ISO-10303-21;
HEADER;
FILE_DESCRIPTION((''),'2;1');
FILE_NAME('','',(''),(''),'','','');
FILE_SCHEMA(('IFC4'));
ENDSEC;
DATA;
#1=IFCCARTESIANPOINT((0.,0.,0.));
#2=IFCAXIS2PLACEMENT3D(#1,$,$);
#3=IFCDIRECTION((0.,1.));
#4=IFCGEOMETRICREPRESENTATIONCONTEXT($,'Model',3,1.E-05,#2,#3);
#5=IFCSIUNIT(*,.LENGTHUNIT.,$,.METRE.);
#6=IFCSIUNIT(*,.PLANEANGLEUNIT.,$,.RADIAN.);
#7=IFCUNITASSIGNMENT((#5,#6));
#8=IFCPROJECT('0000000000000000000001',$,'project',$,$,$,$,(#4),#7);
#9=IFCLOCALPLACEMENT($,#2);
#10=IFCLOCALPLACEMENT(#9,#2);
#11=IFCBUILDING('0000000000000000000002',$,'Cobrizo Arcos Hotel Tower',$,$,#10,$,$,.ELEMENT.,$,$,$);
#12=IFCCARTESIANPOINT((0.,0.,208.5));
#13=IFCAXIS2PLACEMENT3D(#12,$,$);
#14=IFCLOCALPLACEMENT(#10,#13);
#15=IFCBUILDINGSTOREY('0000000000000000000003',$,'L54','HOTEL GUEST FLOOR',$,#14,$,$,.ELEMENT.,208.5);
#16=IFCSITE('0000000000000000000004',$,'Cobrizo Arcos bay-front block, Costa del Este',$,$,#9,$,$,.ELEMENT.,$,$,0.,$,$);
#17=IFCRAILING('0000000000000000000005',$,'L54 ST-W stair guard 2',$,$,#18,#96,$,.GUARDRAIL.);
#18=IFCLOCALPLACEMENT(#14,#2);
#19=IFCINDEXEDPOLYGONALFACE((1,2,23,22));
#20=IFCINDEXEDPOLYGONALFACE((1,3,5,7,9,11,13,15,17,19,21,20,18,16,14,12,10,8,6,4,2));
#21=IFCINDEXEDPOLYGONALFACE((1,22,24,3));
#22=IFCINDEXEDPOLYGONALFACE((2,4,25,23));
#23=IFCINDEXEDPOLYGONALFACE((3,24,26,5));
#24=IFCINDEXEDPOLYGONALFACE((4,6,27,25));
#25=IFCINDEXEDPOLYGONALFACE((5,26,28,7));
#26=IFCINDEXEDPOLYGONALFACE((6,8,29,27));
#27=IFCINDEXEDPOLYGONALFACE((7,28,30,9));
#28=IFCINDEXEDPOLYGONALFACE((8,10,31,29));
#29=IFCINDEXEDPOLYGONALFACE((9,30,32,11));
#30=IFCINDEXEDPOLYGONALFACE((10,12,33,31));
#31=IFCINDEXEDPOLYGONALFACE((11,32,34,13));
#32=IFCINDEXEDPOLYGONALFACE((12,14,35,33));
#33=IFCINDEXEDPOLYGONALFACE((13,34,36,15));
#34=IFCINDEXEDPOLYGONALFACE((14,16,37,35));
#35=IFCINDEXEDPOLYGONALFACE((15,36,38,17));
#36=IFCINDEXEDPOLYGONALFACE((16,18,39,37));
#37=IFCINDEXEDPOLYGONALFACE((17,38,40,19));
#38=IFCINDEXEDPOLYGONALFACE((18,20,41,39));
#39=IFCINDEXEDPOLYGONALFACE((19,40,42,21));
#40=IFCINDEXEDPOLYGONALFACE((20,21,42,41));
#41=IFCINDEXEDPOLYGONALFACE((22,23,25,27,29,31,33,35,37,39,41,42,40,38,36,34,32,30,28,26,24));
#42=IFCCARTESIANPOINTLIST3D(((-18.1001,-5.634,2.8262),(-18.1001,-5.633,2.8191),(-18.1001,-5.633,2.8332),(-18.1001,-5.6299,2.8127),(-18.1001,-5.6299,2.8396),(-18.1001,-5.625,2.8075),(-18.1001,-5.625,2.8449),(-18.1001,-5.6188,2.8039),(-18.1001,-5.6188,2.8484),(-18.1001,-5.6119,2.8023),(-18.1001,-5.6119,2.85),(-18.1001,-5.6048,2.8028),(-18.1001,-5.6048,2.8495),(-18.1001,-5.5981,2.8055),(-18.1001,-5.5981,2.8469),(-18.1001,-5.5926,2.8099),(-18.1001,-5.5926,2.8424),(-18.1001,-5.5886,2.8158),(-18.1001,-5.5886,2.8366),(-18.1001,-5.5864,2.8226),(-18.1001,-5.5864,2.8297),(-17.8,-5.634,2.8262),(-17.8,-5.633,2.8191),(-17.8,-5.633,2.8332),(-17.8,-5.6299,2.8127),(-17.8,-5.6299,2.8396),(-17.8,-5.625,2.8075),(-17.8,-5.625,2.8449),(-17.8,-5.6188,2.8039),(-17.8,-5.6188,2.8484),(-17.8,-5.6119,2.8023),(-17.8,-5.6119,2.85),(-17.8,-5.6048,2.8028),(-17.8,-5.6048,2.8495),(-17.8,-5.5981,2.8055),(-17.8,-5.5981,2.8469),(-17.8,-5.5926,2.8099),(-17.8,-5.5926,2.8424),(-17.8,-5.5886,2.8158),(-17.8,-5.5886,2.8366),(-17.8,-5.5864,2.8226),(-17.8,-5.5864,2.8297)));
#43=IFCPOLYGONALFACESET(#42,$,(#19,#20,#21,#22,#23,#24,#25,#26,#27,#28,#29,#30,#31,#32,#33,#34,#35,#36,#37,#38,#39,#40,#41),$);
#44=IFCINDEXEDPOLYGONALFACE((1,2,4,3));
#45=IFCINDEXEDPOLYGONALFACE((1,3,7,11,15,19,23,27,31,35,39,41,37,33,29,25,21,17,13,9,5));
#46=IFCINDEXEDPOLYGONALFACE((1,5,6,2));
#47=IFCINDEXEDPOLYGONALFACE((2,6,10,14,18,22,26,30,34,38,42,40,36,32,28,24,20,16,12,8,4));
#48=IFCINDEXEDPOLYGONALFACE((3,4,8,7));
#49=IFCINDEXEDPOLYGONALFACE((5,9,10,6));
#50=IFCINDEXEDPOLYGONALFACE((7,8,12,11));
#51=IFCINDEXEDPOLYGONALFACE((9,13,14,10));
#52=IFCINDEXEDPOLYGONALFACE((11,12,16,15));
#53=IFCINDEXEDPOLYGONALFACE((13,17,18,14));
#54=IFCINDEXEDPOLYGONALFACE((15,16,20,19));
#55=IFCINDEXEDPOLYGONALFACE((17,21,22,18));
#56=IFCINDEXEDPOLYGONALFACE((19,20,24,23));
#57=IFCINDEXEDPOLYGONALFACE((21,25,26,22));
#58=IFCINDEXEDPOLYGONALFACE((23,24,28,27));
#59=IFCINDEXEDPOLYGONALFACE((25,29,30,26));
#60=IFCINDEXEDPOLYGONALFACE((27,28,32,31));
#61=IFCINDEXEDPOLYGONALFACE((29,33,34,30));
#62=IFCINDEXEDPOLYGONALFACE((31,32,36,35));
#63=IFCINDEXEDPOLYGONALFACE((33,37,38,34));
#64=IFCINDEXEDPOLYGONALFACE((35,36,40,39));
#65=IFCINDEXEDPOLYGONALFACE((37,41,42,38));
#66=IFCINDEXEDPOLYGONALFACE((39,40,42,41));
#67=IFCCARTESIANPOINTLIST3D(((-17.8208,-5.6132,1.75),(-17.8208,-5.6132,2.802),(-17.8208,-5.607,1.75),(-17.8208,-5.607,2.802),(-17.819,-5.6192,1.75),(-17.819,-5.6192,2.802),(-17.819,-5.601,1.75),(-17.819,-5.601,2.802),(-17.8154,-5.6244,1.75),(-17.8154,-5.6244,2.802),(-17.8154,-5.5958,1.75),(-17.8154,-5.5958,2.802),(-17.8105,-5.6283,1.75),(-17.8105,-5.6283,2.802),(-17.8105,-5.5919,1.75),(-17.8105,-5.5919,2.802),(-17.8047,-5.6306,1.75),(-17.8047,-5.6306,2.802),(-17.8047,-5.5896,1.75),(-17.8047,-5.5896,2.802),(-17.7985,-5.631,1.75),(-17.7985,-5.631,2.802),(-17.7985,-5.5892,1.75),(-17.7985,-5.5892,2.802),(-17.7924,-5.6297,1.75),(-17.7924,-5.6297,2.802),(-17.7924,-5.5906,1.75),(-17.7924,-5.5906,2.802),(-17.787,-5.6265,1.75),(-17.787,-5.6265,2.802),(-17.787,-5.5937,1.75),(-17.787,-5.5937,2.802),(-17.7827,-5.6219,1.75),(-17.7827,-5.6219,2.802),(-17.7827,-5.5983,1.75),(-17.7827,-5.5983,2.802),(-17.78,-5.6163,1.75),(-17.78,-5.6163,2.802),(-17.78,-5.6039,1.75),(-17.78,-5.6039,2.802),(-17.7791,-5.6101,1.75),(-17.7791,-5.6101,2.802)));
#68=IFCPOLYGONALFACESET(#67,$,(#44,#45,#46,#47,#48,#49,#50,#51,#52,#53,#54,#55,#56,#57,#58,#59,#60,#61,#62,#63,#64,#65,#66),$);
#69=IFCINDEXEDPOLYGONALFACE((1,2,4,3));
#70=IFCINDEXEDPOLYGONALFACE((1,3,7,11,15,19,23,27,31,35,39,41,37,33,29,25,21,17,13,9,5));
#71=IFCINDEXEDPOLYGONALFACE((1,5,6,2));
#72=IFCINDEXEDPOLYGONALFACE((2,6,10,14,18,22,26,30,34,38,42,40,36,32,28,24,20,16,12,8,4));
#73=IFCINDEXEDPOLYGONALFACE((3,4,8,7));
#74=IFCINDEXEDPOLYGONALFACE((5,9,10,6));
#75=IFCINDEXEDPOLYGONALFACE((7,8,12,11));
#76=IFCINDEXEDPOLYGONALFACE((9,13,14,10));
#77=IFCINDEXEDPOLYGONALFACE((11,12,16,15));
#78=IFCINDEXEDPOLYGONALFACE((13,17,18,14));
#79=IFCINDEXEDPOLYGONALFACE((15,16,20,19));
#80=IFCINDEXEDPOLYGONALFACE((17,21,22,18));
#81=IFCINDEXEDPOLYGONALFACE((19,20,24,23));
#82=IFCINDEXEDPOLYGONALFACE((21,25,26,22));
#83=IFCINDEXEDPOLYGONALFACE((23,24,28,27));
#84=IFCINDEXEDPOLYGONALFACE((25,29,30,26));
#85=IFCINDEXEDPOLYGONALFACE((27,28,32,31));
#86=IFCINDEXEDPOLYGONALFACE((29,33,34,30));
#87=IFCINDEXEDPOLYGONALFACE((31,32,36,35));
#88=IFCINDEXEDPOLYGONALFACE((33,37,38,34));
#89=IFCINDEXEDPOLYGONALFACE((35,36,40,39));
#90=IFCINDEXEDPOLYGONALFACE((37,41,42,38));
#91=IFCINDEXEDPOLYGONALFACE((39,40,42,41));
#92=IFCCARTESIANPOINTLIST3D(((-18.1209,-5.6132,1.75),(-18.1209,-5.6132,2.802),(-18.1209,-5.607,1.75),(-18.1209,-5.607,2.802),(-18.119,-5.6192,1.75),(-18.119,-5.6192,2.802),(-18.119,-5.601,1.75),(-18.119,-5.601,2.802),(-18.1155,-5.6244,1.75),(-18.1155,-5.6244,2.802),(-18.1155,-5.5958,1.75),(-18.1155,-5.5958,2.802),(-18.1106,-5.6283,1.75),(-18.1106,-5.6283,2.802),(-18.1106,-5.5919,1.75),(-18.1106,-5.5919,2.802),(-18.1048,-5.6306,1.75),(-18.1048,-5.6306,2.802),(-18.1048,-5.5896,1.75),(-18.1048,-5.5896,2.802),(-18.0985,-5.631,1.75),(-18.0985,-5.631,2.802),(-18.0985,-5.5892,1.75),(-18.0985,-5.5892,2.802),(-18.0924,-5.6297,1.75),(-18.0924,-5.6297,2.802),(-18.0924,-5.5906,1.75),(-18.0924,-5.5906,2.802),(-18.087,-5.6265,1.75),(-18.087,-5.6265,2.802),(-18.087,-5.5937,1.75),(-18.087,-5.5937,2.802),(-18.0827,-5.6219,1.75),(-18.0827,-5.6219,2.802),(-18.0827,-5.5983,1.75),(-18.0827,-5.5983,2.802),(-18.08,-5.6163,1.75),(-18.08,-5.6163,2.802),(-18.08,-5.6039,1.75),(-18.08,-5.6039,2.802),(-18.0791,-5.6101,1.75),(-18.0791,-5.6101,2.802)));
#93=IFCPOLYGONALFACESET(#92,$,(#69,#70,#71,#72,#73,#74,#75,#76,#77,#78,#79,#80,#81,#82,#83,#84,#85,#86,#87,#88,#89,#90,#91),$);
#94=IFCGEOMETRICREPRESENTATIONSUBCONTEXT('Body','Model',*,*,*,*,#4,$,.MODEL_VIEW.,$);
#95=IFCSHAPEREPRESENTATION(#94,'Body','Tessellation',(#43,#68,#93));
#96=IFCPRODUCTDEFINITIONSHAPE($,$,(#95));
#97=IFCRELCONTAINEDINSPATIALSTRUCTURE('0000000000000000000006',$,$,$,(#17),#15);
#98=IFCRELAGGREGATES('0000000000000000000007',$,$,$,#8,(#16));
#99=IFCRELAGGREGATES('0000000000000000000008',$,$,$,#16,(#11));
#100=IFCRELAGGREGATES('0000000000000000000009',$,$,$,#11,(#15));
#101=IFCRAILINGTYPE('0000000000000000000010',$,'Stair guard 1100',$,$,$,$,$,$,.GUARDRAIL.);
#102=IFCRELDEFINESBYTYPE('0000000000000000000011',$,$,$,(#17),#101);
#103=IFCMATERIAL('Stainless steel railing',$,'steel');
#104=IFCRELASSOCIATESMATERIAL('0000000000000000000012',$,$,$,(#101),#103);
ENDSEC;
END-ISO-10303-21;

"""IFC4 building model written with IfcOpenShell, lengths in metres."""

from ifc_helpers import new_model, si_unit, direction, frame, origin, origin_2d, place, context, subcontext, project, spatial, circle, extrude, material, type_object, element, save


model = new_model("IFC4")

# Units and contexts
model_context = context("Model", 3, precision=1e-05, world=origin(), true_north=direction((0.0, 1.0)))
body_context = subcontext(model_context, "Body", "Model", "MODEL_VIEW")
ifc_project = project(units=[si_unit("LENGTHUNIT", "METRE"), si_unit("PLANEANGLEUNIT", "RADIAN")], contexts=[model_context])

# Site, building, storey
site_placement = place(None, origin())
site = spatial("IfcSite", under=ifc_project, at=site_placement, Name="Cobrizo Arcos bay-front block, Costa del Este", CompositionType="ELEMENT", RefElevation=0.0)
building_placement = place(site_placement, origin())
building = spatial("IfcBuilding", under=site, at=building_placement, Name="Cobrizo Arcos Hotel Tower", CompositionType="ELEMENT")
storey_placement = place(building_placement, frame((0.0, 0.0, 208.5)))
storey = spatial("IfcBuildingStorey", under=building, at=storey_placement, Name="L54", Description="HOTEL GUEST FLOOR", CompositionType="ELEMENT", Elevation=208.5)

# Railing
ifc_material_1 = material(Name="Stainless steel railing", Category="steel")
railing_type_1 = type_object("IfcRailingType", Name="Stair guard 1100", PredefinedType="GUARDRAIL", material=ifc_material_1)
railing_1_placement = place(storey_placement, frame((-17.8, -5.6101, 1.75)))
element("IfcRailing", 1, at=railing_1_placement, inside=storey, type_object=railing_type_1, Name="L54 ST-W stair guard 2", PredefinedType="GUARDRAIL", context=body_context, shape_type="SweptSolid", body=[
    extrude(circle(Radius=0.0239, at=origin_2d()), frame((0.0, 0.0, 1.0762), z_axis=(-1.0, 0.0, 0.0), x_axis=(0.0, -1.0, 0.0)), (0.0, 0.0, 1.0), 0.3),
    extrude(circle(Radius=0.021, at=origin_2d()), origin(), (0.0, 0.0, 1.0), 1.052),
    extrude(circle(Radius=0.021, at=origin_2d()), frame((-0.3, 0.0, 0.0)), (0.0, 0.0, 1.0), 1.052),
])

save(model, "model.ifc")
